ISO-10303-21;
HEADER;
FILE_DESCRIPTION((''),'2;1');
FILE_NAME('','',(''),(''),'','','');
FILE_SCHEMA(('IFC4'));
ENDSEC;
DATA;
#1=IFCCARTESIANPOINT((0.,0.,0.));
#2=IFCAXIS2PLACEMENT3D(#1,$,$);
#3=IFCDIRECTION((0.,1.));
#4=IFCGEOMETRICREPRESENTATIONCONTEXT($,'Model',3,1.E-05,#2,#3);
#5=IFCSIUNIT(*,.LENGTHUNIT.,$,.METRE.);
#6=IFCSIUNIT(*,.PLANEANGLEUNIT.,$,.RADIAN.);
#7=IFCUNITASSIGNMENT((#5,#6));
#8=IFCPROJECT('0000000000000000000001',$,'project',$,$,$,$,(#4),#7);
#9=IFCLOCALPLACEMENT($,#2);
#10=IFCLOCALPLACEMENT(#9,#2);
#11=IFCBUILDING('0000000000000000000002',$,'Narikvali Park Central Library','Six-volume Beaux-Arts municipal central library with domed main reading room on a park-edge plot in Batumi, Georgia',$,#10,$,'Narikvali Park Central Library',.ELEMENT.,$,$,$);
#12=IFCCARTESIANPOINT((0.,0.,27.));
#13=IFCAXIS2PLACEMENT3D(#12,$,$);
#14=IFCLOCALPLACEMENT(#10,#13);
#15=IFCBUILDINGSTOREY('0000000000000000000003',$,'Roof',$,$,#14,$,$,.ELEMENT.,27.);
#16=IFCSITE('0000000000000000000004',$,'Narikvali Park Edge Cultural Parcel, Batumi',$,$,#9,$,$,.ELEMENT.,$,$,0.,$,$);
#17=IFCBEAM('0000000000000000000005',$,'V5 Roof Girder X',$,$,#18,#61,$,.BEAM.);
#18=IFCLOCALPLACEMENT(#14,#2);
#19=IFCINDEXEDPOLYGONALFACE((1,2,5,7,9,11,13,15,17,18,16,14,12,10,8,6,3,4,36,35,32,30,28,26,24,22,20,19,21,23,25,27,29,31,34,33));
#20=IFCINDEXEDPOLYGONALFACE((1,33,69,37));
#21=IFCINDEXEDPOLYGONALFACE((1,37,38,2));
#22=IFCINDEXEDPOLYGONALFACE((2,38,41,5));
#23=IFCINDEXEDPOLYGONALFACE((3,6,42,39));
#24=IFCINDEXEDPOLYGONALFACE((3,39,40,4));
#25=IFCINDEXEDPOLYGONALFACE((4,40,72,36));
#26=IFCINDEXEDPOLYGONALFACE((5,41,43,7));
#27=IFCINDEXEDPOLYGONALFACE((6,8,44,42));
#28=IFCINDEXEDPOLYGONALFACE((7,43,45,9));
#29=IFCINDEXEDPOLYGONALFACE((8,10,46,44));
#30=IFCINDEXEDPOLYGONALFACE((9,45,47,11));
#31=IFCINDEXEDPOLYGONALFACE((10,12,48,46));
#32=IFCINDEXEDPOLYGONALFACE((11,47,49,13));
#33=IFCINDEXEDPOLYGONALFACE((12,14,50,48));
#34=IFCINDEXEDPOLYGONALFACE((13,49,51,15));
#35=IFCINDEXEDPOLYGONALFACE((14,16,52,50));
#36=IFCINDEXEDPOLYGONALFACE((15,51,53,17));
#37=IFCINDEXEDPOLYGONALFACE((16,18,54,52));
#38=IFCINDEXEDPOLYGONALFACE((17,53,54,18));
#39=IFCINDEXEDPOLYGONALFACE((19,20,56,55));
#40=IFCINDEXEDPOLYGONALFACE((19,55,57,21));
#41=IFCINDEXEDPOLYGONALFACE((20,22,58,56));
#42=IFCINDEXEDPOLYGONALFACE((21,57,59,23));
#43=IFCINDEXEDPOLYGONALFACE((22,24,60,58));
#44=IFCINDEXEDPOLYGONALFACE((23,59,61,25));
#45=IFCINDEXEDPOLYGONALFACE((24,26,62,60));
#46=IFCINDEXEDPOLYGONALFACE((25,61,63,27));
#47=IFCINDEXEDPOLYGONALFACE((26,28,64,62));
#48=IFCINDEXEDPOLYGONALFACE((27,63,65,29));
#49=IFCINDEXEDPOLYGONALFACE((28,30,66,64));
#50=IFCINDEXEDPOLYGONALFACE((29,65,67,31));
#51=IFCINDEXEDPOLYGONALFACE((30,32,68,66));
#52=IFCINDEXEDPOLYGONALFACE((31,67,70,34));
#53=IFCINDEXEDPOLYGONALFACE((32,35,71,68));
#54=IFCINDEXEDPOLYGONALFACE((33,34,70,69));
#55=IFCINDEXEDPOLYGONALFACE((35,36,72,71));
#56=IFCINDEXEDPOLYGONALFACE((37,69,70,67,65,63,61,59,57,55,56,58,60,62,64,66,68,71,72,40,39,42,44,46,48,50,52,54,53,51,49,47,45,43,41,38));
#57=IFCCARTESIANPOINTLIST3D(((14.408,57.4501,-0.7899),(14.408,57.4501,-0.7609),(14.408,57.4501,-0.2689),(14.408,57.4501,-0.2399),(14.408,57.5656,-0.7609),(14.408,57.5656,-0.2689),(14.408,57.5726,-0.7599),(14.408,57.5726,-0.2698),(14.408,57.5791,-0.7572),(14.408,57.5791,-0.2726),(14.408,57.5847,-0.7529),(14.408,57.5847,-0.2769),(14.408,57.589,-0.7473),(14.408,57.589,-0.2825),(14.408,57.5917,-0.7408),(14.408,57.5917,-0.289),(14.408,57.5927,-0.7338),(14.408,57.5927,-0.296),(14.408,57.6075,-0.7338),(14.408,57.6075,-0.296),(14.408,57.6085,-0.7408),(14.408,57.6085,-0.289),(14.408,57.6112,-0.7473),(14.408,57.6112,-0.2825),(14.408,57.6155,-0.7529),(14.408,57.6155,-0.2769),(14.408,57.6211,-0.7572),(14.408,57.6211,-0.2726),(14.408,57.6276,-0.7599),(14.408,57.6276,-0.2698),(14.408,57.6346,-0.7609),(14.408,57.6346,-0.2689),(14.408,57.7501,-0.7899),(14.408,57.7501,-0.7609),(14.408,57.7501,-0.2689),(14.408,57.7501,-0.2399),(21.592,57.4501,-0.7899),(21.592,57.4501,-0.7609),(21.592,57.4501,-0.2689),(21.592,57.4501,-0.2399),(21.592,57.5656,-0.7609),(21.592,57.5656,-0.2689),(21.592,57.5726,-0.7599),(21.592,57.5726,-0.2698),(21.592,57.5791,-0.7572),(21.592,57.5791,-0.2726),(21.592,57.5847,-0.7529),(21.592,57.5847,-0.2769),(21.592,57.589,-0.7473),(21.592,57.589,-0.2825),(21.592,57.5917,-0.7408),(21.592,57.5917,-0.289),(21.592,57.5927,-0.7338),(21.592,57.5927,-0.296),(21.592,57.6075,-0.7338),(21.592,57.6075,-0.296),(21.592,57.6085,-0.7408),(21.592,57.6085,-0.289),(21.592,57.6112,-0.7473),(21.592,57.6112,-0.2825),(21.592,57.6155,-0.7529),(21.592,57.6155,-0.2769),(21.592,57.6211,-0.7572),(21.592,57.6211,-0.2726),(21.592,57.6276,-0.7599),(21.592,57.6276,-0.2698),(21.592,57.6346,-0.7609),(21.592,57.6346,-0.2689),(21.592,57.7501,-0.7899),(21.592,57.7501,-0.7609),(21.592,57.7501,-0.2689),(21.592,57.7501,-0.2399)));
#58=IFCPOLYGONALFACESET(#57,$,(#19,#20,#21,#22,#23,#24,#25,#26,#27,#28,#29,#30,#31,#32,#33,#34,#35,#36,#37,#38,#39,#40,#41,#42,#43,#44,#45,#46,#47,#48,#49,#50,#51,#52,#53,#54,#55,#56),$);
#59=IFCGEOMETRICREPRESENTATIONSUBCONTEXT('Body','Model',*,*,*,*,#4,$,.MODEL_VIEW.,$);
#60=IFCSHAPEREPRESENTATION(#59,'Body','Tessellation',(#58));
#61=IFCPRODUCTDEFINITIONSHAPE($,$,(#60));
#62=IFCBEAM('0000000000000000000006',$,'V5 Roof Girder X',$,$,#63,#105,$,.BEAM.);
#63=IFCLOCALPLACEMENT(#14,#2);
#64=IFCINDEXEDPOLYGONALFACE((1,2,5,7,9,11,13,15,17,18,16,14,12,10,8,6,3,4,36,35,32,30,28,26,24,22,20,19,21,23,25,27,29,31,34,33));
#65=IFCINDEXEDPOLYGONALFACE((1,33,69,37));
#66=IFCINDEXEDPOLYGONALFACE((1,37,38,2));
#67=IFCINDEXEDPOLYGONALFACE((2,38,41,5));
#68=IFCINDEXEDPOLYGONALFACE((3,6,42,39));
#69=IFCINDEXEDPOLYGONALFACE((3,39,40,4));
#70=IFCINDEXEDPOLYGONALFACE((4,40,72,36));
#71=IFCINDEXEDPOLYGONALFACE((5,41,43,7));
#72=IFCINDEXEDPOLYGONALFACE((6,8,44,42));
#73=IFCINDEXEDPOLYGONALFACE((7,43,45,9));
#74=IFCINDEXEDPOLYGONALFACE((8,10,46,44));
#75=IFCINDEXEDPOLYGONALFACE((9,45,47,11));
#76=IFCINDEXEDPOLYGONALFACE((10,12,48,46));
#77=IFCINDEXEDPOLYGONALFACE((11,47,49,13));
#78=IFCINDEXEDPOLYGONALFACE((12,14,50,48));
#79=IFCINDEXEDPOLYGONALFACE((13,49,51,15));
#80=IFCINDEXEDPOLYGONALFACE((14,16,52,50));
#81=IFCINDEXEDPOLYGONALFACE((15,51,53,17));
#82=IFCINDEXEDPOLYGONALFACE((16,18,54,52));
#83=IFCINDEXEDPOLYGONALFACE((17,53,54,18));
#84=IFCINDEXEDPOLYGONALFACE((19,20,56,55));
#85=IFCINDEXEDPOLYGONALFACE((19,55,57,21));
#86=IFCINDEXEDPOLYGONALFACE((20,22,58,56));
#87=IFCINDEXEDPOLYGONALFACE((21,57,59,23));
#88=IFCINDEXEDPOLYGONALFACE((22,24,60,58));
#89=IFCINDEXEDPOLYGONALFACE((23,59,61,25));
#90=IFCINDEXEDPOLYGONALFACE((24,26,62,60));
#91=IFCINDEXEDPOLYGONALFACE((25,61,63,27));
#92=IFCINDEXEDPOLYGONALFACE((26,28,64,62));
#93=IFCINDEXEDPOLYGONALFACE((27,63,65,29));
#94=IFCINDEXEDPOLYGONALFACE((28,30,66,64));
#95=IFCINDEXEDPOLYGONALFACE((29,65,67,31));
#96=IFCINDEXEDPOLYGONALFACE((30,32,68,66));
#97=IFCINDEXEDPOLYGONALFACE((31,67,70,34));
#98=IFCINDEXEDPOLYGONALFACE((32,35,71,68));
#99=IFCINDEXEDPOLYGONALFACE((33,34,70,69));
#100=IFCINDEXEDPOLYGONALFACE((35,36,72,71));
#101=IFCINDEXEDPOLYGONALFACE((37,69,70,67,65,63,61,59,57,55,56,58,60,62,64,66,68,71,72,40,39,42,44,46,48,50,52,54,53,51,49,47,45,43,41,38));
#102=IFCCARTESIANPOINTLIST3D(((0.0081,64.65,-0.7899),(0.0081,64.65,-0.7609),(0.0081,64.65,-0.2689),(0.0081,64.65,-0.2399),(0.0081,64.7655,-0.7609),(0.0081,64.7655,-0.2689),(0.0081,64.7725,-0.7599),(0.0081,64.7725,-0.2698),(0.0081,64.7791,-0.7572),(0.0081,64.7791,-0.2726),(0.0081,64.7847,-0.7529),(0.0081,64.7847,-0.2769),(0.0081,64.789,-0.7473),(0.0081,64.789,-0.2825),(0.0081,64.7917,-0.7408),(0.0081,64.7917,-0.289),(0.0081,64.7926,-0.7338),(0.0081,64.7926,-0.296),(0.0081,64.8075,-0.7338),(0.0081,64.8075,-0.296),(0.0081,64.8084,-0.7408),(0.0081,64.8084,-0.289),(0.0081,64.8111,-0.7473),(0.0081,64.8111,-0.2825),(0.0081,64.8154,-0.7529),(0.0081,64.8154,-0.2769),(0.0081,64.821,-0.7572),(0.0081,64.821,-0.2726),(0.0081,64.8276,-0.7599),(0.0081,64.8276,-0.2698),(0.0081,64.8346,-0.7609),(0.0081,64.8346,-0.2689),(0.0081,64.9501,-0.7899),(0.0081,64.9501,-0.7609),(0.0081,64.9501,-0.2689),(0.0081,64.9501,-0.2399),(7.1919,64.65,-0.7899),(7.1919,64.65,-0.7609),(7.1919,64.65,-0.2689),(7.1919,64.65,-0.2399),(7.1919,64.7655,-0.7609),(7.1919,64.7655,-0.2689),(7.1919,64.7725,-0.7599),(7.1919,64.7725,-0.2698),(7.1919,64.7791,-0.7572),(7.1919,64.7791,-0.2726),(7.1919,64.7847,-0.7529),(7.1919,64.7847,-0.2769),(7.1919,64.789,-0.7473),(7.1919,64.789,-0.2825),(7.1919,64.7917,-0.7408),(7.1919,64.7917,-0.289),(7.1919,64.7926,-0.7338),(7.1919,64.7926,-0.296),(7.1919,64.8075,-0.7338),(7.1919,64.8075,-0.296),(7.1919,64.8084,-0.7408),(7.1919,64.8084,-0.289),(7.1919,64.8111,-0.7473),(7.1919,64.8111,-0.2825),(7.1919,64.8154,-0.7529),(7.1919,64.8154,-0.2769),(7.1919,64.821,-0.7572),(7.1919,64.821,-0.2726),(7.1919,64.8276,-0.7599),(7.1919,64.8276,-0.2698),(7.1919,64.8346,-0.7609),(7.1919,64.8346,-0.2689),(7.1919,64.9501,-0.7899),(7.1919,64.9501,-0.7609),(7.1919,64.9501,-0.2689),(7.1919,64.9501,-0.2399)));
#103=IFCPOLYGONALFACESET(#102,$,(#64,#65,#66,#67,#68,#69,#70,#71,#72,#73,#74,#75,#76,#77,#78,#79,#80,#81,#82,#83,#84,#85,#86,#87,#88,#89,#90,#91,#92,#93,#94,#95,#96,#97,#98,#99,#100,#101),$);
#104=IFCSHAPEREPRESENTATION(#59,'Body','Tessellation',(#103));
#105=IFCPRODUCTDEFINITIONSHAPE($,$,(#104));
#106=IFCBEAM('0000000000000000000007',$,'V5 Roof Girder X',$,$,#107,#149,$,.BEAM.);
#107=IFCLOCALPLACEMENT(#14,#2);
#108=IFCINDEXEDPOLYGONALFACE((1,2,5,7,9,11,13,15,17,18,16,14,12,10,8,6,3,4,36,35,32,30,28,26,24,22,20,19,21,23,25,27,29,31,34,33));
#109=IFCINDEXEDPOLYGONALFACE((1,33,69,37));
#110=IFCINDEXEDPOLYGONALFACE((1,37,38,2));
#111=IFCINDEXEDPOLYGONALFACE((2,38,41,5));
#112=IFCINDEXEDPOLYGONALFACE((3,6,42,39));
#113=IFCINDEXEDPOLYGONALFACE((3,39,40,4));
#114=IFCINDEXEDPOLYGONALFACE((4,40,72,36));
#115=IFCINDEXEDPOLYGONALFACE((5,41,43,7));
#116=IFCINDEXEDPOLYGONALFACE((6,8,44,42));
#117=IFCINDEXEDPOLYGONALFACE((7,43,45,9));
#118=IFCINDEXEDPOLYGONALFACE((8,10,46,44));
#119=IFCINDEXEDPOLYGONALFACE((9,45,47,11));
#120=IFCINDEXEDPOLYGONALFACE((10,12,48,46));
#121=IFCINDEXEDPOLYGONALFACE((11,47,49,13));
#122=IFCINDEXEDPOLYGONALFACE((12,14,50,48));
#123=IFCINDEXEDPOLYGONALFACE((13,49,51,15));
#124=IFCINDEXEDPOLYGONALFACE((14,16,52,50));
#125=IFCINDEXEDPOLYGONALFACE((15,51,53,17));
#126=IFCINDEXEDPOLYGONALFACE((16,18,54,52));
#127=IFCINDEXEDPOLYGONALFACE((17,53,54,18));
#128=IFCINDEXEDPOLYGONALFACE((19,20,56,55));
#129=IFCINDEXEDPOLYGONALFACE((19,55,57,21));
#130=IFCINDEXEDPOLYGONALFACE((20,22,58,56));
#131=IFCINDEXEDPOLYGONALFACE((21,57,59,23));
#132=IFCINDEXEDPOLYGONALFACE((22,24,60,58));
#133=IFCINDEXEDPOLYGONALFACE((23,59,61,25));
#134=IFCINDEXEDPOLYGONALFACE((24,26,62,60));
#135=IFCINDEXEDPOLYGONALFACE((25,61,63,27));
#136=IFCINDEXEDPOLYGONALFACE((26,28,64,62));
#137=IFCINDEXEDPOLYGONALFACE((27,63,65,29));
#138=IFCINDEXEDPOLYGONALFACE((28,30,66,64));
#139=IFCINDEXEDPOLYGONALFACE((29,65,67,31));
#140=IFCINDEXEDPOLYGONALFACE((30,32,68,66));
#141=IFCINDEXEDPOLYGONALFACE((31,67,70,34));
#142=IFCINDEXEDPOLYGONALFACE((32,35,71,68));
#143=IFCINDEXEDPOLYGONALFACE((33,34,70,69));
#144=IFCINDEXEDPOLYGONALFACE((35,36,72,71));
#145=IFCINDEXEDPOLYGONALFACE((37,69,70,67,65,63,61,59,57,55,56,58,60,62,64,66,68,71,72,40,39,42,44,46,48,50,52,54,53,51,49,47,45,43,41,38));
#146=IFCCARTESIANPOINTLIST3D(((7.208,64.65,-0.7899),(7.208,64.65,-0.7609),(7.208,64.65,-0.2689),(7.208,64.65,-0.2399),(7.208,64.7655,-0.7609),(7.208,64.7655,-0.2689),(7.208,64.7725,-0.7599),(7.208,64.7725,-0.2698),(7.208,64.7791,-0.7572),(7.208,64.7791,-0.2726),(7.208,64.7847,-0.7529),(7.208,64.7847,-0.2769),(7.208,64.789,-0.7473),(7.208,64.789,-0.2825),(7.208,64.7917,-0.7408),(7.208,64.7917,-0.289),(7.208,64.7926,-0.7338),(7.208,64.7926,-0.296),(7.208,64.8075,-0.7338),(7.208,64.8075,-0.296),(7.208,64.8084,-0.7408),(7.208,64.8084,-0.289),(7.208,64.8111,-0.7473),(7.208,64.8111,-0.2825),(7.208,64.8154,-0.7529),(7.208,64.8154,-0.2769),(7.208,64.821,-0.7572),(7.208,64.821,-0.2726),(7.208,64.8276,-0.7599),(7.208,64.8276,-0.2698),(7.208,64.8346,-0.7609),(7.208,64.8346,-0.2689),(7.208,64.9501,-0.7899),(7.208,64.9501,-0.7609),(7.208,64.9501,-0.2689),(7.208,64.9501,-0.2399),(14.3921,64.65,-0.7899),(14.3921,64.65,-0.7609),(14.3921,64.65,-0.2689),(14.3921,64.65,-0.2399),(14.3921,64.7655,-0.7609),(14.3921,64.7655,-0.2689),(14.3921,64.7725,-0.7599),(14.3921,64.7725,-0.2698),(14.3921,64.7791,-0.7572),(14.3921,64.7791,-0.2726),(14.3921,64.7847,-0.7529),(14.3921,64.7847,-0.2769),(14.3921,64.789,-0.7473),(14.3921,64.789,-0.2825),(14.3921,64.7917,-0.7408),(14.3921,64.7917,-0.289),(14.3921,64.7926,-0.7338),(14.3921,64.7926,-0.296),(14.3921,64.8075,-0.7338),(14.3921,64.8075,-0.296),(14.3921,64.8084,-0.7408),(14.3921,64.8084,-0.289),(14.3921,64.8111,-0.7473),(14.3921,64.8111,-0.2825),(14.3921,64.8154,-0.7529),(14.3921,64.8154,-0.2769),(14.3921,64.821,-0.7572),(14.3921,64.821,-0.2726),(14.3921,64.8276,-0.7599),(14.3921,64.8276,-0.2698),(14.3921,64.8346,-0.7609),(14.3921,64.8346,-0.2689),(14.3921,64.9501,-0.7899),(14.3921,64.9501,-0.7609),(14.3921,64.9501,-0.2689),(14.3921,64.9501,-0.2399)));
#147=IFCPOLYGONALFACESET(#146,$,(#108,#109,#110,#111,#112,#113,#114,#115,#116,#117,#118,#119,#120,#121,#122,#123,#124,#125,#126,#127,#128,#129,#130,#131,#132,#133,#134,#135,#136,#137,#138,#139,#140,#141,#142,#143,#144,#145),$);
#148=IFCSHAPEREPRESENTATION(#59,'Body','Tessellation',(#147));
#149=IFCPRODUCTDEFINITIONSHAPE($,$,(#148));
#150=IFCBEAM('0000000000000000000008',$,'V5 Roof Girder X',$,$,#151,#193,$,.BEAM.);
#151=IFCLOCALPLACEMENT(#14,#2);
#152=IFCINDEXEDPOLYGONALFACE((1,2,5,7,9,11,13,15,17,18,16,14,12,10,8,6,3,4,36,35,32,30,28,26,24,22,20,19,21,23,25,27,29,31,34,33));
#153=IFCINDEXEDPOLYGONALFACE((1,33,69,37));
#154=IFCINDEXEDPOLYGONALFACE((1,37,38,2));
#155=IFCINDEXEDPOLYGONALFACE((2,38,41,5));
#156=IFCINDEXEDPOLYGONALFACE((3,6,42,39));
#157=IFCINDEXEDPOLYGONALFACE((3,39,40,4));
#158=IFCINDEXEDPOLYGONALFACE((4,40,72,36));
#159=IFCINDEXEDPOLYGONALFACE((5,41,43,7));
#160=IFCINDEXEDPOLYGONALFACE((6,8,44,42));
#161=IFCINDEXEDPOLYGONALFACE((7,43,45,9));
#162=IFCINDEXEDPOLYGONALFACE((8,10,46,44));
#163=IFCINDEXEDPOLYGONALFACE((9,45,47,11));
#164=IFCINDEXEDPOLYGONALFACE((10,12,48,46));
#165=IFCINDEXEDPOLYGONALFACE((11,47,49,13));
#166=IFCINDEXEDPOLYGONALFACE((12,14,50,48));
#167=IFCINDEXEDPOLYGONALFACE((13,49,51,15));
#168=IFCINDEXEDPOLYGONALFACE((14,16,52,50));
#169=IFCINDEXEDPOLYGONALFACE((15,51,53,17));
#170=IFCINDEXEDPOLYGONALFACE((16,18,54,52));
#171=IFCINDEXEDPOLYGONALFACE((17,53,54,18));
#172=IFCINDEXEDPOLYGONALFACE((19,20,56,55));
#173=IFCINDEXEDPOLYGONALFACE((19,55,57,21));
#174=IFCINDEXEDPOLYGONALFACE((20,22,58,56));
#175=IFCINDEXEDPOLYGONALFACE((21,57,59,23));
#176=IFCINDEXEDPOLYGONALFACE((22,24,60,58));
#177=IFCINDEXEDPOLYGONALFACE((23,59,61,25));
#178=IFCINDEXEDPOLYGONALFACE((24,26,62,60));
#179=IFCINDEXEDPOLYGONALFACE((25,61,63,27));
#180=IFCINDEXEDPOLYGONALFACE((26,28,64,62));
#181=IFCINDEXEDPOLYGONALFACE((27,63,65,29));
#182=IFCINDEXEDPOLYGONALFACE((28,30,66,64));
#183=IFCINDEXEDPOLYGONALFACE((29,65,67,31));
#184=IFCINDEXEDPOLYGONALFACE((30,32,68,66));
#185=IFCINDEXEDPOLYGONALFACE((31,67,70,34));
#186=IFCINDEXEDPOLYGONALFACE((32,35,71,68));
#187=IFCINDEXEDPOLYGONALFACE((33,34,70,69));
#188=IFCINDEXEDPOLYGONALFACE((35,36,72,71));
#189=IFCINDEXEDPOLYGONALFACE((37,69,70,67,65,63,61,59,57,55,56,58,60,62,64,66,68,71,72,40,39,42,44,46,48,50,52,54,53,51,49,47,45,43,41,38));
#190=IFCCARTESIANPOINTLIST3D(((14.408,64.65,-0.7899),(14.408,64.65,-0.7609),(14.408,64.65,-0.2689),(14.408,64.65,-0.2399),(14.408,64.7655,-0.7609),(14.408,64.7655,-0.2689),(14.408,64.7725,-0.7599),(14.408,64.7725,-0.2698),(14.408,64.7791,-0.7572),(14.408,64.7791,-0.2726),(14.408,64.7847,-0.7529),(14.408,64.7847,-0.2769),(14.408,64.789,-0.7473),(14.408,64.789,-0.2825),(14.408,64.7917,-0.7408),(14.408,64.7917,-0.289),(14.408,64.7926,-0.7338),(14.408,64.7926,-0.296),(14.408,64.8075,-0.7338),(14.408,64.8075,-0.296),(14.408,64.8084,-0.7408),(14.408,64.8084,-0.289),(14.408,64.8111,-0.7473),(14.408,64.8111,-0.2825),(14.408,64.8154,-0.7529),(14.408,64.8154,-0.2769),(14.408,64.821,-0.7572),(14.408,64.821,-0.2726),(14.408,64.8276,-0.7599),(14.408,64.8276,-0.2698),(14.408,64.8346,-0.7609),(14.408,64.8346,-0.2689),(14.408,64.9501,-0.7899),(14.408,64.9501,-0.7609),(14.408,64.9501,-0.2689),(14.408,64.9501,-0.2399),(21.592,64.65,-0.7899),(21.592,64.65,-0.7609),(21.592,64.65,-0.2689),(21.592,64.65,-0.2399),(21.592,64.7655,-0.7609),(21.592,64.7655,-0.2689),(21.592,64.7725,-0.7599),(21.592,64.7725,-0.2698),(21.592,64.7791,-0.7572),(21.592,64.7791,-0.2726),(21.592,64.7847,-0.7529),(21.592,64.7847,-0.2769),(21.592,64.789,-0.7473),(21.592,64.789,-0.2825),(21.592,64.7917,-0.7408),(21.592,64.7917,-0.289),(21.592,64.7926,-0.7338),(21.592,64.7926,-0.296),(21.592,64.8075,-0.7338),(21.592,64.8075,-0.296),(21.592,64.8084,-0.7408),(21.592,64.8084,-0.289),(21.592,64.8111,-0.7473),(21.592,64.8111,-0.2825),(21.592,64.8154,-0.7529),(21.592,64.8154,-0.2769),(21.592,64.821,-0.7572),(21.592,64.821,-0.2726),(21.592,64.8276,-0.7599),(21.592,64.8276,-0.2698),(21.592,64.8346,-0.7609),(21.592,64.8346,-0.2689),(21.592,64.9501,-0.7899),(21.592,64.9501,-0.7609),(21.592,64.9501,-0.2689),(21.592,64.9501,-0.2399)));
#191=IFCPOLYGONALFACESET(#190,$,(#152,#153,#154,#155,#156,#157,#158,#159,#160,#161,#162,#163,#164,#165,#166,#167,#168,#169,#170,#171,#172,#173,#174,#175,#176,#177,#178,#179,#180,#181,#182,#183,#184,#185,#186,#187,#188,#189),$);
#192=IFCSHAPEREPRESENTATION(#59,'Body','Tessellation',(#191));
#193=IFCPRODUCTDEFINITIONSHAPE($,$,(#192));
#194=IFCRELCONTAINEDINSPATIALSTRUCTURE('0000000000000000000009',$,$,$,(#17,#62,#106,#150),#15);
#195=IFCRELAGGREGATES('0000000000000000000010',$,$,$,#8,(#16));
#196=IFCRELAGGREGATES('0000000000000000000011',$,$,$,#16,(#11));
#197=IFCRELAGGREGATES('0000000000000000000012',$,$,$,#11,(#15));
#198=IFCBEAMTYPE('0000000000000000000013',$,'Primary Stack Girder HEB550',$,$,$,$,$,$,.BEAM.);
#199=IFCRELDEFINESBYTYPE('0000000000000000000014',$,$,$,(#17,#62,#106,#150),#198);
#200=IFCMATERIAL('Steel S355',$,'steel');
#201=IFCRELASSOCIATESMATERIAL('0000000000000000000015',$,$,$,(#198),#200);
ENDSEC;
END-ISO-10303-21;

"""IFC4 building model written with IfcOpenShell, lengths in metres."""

from ifc_helpers import new_model, si_unit, direction, frame, origin, origin_2d, place, context, subcontext, project, spatial, i_section, extrude, material, material_profile, profile_set, type_object, element, save


model = new_model("IFC4")

# Units and contexts
model_context = context("Model", 3, precision=1e-05, world=origin(), true_north=direction((0.0, 1.0)))
body_context = subcontext(model_context, "Body", "Model", "MODEL_VIEW")
ifc_project = project(units=[si_unit("LENGTHUNIT", "METRE"), si_unit("PLANEANGLEUNIT", "RADIAN")], contexts=[model_context])

# Site, building, storey
site_placement = place(None, origin())
site = spatial("IfcSite", under=ifc_project, at=site_placement, Name="Narikvali Park Edge Cultural Parcel, Batumi", CompositionType="ELEMENT", RefElevation=0.0)
building_placement = place(site_placement, origin())
building = spatial("IfcBuilding", under=site, at=building_placement, Name="Narikvali Park Central Library", Description="Six-volume Beaux-Arts municipal central library with domed main reading room on a park-edge plot in Batumi, Georgia", LongName="Narikvali Park Central Library", CompositionType="ELEMENT")
storey_placement = place(building_placement, frame((0.0, 0.0, 27.0)))
storey = spatial("IfcBuildingStorey", under=building, at=storey_placement, Name="Roof", CompositionType="ELEMENT", Elevation=27.0)

# Beams
ifc_material = material(Name="Steel S355", Category="steel")
ifc_material_profile_1 = material_profile(ifc_material, i_section(OverallWidth=0.3, OverallDepth=0.55, WebThickness=0.0149, FlangeThickness=0.0291, FilletRadius=0.0271, at=origin_2d()), Name="HEB 550")
ifc_profile_set_1 = profile_set([ifc_material_profile_1], Name="Steel S355")
beam_type_1 = type_object("IfcBeamType", Name="Primary Stack Girder HEB550", PredefinedType="BEAM", material=ifc_profile_set_1)
beam_1_placement = place(storey_placement, frame((14.408, 57.6001, -0.5149), z_axis=(1.0, 0.0, 0.0), x_axis=(0.0, 1.0, 0.0)))
element("IfcBeam", 1, at=beam_1_placement, inside=storey, type_object=beam_type_1, Name="V5 Roof Girder X", PredefinedType="BEAM", context=body_context, shape_type="SweptSolid", body=[
    extrude(i_section(OverallWidth=0.3, OverallDepth=0.55, WebThickness=0.0149, FlangeThickness=0.0291, FilletRadius=0.0271, at=origin_2d()), origin(), (0.0, 0.0, 1.0), 7.1841),
])
beam_2_placement = place(storey_placement, frame((0.0081, 64.8, -0.5149), z_axis=(1.0, 0.0, 0.0), x_axis=(0.0, 1.0, 0.0)))
element("IfcBeam", 2, at=beam_2_placement, inside=storey, type_object=beam_type_1, Name="V5 Roof Girder X", PredefinedType="BEAM", context=body_context, shape_type="SweptSolid", body=[
    extrude(i_section(OverallWidth=0.3, OverallDepth=0.55, WebThickness=0.0149, FlangeThickness=0.0291, FilletRadius=0.0271, at=origin_2d()), origin(), (0.0, 0.0, 1.0), 7.1838),
])
for number, where, z_axis, x_axis, name in (
    (3, (7.208, 64.8, -0.5149), (1.0, 0.0, 0.0), (0.0, 1.0, 0.0), "V5 Roof Girder X"),
    (4, (14.408, 64.8, -0.5149), (1.0, 0.0, 0.0), (0.0, 1.0, 0.0), "V5 Roof Girder X"),
):
    element("IfcBeam", number, at=place(storey_placement, frame(where, z_axis=z_axis, x_axis=x_axis)), inside=storey, type_object=beam_type_1, Name=name, PredefinedType="BEAM", context=body_context, shape_type="SweptSolid", body=[
        extrude(i_section(OverallWidth=0.3, OverallDepth=0.55, WebThickness=0.0149, FlangeThickness=0.0291, FilletRadius=0.0271, at=origin_2d()), origin(), (0.0, 0.0, 1.0), 7.1841),
    ])

save(model, "model.ifc")
